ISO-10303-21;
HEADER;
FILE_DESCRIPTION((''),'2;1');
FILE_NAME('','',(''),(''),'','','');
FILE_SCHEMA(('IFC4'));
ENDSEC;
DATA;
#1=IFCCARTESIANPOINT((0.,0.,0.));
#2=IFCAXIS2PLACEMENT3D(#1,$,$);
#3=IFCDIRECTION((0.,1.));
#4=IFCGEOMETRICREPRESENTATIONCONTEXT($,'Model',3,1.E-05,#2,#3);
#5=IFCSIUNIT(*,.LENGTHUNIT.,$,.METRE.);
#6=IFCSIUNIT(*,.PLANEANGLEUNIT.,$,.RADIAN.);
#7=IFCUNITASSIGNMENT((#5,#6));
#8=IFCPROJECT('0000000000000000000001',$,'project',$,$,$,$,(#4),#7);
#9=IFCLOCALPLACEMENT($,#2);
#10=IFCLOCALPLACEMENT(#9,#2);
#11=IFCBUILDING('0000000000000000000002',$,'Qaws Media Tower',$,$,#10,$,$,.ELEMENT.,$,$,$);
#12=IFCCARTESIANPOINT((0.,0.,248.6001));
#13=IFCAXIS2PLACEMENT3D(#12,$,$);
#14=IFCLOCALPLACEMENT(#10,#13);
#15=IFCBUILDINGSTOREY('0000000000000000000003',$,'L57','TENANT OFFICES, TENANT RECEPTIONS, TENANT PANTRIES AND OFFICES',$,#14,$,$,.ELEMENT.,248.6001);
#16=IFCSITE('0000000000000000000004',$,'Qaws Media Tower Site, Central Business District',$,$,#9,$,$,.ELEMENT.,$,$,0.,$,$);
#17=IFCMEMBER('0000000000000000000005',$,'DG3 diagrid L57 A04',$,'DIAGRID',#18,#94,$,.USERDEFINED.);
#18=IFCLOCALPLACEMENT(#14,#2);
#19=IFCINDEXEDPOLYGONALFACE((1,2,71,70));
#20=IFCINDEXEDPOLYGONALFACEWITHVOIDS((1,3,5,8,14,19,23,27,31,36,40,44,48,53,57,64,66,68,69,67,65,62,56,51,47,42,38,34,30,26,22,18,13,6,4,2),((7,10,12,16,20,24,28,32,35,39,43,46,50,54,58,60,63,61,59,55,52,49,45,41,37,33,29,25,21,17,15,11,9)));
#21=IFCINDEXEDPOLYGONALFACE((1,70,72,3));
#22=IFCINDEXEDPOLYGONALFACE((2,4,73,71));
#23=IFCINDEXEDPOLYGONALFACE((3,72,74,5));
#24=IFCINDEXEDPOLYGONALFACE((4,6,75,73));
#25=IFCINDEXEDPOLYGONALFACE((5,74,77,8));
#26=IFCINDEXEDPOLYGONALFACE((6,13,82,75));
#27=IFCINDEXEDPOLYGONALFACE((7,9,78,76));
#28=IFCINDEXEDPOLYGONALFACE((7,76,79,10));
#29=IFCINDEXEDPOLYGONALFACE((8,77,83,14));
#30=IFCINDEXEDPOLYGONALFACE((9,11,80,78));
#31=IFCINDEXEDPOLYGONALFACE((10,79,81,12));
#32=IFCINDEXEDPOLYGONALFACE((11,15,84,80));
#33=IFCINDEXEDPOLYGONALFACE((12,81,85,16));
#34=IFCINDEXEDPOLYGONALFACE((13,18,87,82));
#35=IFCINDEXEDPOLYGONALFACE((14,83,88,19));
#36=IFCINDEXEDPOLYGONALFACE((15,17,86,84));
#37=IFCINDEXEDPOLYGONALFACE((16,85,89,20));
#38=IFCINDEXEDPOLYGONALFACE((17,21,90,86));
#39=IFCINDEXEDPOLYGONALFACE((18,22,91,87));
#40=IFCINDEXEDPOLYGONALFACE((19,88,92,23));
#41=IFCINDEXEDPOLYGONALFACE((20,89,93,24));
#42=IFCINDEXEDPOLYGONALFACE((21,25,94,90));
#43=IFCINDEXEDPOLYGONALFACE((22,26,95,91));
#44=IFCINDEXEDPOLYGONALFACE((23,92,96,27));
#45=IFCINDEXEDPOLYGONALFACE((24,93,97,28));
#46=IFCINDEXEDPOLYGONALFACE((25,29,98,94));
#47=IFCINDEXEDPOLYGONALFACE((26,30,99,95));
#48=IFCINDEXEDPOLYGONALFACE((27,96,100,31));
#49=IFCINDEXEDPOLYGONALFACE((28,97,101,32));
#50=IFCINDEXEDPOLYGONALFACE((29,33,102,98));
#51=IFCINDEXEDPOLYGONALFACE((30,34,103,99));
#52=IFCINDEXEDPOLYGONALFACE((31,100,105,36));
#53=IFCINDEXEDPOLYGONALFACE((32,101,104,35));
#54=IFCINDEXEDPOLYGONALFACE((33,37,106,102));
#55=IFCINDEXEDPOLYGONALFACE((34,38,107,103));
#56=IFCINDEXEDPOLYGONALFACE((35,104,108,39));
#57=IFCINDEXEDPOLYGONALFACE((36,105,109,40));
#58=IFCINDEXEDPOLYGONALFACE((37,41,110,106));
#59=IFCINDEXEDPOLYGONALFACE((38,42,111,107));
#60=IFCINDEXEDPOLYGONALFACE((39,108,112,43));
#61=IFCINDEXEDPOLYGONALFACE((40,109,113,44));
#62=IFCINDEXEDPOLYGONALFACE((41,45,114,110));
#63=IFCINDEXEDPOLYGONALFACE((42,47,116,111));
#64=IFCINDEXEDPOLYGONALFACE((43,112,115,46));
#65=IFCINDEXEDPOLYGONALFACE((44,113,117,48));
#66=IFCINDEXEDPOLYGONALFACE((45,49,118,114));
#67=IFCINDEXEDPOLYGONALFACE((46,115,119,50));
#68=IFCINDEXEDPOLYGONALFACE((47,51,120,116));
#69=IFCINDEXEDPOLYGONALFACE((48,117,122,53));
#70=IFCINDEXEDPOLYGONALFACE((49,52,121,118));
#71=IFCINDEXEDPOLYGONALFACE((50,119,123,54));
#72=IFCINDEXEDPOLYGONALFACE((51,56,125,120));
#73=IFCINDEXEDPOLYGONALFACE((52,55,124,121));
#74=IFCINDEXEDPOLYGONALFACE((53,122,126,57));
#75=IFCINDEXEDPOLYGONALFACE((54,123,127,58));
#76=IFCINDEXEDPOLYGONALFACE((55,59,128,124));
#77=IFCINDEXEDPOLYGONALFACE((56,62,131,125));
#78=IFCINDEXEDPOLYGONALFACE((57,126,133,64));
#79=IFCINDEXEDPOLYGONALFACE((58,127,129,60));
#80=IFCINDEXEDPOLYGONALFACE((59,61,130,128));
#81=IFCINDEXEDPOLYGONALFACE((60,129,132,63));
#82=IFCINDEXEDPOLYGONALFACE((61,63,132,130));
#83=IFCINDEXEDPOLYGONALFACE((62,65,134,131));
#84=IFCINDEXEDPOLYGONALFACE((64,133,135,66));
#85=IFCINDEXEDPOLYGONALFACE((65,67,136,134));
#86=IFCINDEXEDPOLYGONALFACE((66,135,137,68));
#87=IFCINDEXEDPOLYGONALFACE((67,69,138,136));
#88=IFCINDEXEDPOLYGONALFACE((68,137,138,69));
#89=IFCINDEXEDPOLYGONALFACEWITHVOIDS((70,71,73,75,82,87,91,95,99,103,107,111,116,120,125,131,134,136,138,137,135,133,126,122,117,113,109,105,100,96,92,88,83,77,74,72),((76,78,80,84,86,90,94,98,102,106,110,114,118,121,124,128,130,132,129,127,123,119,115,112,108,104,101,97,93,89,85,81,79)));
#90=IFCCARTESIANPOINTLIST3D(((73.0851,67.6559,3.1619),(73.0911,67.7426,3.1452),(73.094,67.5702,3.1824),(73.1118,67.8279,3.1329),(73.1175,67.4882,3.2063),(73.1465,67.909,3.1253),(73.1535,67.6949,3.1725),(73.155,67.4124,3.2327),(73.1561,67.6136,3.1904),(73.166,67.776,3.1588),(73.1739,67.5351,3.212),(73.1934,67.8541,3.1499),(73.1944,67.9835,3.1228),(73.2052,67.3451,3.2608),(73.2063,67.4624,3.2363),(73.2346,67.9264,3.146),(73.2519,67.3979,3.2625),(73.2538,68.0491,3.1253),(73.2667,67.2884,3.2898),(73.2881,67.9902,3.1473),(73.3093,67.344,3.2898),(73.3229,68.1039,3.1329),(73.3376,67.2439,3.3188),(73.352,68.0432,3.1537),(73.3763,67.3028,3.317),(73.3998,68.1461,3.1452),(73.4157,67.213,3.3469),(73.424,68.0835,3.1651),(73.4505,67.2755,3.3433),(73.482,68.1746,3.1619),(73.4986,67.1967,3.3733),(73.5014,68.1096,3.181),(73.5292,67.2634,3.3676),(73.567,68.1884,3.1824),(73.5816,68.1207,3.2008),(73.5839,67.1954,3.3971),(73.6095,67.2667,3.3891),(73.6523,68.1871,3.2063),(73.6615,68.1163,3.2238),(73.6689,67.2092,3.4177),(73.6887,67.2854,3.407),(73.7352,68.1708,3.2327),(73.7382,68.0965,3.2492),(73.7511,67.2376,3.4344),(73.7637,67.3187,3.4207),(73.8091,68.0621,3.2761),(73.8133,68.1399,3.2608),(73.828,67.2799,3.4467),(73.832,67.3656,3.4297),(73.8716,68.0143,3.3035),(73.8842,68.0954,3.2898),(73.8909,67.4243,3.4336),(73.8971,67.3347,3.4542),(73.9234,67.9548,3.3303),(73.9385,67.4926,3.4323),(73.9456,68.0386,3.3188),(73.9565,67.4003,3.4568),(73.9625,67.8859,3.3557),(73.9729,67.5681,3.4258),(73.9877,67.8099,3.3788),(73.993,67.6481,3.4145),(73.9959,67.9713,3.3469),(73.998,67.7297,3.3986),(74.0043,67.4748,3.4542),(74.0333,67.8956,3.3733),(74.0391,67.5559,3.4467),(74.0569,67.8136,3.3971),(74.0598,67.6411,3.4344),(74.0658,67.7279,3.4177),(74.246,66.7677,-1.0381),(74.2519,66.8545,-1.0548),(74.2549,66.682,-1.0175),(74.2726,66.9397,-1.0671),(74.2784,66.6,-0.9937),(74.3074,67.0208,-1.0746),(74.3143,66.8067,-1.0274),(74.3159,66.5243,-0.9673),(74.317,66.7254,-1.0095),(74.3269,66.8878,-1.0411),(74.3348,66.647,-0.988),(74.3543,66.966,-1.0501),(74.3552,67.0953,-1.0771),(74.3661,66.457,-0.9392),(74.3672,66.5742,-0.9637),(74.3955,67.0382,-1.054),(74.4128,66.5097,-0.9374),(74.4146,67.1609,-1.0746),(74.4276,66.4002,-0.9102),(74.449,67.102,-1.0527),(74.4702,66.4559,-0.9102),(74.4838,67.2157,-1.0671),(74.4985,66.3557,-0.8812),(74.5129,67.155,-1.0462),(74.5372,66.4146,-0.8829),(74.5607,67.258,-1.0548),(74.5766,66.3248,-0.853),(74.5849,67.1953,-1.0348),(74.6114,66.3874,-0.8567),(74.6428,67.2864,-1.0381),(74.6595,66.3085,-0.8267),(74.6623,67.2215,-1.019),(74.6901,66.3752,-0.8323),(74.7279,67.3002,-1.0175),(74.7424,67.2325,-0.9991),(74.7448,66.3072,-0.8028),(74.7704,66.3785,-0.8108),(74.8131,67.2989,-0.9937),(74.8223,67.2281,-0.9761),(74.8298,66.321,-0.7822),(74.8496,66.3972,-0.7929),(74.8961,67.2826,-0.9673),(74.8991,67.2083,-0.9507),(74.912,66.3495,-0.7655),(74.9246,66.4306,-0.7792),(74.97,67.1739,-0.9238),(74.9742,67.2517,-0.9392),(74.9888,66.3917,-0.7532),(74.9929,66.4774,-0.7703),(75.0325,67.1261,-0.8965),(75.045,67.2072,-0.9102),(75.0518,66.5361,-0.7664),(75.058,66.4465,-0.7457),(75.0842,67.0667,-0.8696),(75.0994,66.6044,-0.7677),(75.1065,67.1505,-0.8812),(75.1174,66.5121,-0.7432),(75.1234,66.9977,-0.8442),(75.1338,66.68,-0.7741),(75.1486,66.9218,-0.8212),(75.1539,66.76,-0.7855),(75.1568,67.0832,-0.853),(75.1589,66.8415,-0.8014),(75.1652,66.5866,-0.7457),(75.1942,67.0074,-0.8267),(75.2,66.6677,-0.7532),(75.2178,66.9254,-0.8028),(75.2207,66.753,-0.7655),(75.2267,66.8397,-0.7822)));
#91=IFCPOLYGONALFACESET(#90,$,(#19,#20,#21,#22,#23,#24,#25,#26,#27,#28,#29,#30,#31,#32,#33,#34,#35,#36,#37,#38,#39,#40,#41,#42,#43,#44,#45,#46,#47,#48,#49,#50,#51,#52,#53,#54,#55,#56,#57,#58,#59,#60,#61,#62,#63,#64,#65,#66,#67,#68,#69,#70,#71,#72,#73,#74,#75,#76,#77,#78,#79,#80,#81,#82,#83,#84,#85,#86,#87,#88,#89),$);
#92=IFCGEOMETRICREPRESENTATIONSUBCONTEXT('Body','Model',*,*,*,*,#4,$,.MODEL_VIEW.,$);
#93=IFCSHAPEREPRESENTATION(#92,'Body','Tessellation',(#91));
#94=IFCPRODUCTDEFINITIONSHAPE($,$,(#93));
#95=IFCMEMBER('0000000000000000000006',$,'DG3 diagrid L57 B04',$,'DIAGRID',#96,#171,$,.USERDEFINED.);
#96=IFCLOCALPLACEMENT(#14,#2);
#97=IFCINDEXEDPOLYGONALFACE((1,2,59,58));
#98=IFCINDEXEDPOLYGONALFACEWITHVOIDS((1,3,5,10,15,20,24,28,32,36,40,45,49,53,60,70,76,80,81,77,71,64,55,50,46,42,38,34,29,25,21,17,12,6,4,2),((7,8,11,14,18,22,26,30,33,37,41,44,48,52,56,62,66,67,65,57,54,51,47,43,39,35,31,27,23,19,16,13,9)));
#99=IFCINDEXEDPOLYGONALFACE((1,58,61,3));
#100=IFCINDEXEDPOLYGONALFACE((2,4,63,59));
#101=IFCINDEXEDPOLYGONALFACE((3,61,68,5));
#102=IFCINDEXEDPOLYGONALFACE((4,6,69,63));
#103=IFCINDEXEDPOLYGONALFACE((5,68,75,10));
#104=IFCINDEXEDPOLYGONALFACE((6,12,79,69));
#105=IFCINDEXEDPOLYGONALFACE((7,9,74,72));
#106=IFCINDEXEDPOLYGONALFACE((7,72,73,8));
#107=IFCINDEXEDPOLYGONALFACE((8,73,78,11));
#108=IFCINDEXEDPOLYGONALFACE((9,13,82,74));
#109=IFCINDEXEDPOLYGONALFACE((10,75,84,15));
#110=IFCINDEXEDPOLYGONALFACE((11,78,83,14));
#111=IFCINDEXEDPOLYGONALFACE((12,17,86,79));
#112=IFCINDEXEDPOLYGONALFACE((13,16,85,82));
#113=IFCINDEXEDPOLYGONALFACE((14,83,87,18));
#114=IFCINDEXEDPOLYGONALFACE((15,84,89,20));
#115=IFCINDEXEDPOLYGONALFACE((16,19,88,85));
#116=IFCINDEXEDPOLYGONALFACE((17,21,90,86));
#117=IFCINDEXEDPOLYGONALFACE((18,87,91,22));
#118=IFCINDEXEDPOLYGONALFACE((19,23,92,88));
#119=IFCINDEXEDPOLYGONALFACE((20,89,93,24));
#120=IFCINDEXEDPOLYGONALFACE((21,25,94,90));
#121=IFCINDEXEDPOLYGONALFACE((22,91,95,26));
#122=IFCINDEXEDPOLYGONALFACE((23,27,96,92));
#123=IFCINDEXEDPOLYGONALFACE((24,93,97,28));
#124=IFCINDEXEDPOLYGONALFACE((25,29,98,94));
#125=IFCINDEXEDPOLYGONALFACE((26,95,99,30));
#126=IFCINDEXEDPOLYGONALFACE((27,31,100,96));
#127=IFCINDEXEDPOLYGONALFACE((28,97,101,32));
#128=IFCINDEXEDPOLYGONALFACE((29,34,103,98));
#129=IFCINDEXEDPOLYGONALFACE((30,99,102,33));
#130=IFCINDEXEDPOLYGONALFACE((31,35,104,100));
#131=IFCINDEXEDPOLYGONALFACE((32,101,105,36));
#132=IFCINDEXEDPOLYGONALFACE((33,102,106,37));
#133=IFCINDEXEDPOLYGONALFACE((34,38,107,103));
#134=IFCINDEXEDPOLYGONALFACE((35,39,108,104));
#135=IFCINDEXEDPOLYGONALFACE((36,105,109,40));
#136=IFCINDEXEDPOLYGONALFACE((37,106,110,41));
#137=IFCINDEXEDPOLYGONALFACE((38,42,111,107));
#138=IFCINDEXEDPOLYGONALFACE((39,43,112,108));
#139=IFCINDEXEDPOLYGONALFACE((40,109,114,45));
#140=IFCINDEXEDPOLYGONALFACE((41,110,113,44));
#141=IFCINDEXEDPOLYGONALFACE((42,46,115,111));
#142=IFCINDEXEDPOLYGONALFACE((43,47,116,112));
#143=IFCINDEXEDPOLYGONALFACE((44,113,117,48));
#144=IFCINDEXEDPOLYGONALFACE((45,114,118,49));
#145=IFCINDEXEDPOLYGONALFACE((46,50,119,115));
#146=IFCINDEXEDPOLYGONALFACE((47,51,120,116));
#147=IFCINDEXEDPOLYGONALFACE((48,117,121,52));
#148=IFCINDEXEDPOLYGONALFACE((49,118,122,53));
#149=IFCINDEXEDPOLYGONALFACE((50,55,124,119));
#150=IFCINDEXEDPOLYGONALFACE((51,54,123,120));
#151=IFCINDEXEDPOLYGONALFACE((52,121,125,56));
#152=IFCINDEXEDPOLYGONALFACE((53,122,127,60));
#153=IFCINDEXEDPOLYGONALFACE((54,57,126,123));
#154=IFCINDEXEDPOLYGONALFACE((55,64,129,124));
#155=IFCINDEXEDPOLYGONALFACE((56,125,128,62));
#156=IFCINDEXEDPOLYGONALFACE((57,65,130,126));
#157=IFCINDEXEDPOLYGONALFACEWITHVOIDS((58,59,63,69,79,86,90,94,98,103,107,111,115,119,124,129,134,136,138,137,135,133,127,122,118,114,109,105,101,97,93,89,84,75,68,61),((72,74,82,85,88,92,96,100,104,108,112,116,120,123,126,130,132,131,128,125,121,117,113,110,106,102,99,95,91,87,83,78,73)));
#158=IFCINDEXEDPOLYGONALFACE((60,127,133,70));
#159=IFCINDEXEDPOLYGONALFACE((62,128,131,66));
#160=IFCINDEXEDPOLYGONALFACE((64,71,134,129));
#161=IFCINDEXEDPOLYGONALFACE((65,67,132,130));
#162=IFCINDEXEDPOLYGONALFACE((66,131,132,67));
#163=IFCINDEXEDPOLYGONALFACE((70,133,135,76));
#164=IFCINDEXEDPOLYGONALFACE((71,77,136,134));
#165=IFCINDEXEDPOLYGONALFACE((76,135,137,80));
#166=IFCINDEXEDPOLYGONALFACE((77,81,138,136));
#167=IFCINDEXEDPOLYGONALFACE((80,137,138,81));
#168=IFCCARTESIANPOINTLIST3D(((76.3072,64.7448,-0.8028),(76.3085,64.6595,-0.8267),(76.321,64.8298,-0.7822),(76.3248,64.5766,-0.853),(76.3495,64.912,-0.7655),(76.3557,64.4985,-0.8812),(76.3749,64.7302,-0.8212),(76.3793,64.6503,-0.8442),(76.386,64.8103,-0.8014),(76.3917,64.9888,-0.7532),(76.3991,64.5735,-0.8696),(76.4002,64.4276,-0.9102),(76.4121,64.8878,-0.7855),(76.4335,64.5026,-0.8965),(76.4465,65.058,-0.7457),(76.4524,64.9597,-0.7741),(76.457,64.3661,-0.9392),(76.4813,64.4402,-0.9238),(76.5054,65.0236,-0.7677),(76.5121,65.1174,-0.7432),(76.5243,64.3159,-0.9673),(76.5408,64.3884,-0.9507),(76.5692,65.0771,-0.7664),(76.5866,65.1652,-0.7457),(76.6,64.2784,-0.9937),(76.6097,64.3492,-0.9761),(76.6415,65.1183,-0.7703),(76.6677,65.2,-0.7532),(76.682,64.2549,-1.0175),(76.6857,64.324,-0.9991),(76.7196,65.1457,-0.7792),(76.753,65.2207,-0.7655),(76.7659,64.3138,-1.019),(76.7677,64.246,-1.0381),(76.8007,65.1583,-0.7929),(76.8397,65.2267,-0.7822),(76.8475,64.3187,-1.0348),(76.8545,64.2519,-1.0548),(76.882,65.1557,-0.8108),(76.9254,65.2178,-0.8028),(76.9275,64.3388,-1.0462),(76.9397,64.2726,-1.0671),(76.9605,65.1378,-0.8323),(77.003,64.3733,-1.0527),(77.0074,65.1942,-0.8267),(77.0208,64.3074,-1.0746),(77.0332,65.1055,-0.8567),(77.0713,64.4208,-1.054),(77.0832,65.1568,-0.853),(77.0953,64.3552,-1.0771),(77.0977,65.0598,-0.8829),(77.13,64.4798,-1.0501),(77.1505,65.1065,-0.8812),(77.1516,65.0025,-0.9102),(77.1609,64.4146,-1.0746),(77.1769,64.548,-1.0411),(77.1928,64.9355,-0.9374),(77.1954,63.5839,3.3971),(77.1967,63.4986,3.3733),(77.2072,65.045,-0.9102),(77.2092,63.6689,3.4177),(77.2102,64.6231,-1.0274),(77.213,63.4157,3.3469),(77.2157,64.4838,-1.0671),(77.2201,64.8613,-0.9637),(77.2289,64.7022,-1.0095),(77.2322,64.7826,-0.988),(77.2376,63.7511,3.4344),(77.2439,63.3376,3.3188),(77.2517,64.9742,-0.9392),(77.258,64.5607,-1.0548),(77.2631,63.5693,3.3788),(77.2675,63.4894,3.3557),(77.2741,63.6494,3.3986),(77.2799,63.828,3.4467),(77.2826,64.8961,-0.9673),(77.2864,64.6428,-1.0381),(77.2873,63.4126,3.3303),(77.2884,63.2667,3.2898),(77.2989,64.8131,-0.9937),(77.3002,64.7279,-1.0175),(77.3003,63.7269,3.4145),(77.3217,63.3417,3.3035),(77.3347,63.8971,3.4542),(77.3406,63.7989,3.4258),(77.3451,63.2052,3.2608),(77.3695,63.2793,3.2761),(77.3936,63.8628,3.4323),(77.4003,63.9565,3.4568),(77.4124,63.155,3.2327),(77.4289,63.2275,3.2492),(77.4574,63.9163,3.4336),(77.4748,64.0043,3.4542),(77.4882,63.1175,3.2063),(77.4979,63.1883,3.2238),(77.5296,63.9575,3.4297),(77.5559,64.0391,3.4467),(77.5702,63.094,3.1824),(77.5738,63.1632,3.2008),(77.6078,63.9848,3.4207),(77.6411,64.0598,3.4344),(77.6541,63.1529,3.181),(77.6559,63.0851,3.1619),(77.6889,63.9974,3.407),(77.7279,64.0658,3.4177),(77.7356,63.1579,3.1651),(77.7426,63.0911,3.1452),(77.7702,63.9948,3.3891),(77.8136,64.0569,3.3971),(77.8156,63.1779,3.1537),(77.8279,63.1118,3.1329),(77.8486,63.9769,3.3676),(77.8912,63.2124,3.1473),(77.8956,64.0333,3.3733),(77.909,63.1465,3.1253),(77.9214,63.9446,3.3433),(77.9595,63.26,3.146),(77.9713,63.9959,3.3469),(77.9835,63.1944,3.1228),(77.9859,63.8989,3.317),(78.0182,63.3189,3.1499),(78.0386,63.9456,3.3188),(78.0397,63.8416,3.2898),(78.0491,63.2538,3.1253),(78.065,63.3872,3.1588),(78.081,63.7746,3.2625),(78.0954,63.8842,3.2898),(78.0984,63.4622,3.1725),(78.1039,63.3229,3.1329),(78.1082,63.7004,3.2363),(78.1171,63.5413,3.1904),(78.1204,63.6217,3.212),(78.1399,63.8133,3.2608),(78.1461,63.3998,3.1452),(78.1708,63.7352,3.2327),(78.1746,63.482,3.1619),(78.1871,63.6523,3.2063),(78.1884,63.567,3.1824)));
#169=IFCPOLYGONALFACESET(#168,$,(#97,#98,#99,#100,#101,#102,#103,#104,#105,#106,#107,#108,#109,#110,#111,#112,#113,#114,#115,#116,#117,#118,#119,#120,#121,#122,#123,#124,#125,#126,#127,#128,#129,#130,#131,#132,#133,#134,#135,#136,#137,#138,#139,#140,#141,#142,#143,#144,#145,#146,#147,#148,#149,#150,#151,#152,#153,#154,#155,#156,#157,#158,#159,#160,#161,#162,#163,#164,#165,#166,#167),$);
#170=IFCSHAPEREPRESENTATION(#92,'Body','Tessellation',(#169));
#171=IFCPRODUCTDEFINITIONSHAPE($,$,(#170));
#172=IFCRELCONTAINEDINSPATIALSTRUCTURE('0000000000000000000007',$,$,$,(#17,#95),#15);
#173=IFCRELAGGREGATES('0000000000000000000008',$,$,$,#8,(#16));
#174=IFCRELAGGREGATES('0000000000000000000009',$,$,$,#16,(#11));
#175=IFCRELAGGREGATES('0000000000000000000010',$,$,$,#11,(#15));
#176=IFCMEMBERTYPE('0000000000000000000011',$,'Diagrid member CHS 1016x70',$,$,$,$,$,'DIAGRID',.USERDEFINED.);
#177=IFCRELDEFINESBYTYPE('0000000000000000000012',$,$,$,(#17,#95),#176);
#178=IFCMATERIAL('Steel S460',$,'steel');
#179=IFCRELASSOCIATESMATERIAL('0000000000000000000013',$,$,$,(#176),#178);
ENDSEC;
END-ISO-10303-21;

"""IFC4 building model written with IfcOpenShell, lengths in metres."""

from ifc_helpers import new_model, si_unit, direction, frame, origin, origin_2d, place, context, subcontext, project, spatial, hollow_circle, extrude, material, material_profile, profile_set, type_object, element, save


model = new_model("IFC4")

# Units and contexts
model_context = context("Model", 3, precision=1e-05, world=origin(), true_north=direction((0.0, 1.0)))
body_context = subcontext(model_context, "Body", "Model", "MODEL_VIEW")
ifc_project = project(units=[si_unit("LENGTHUNIT", "METRE"), si_unit("PLANEANGLEUNIT", "RADIAN")], contexts=[model_context])

# Site, building, storey
site_placement = place(None, origin())
site = spatial("IfcSite", under=ifc_project, at=site_placement, Name="Qaws Media Tower Site, Central Business District", CompositionType="ELEMENT", RefElevation=0.0)
building_placement = place(site_placement, origin())
building = spatial("IfcBuilding", under=site, at=building_placement, Name="Qaws Media Tower", CompositionType="ELEMENT")
storey_placement = place(building_placement, frame((0.0, 0.0, 248.6001)))
storey = spatial("IfcBuildingStorey", under=building, at=storey_placement, Name="L57", Description="TENANT OFFICES, TENANT RECEPTIONS, TENANT PANTRIES AND OFFICES", CompositionType="ELEMENT", Elevation=248.6001)

# Members
ifc_material_1 = material(Name="Steel S460", Category="steel")
ifc_material_profile_1 = material_profile(ifc_material_1, hollow_circle(Radius=0.5081, WallThickness=0.0701, at=origin_2d()), Name="CHS 1016x70")
ifc_profile_set_1 = profile_set([ifc_material_profile_1], Name="Steel S460")
member_type_1 = type_object("IfcMemberType", Name="Diagrid member CHS 1016x70", ElementType="DIAGRID", PredefinedType="USERDEFINED", material=ifc_profile_set_1)
for number, where, z_axis, x_axis, name in (
    (1, (74.7363, 66.8037, -0.9102), (-0.261048, 0.199725, 0.944438), (-0.607642, -0.794211, 0.0), "DG3 diagrid L57 A04"),
    (2, (76.8037, 64.7363, -0.9102), (0.199725, -0.261048, 0.944438), (0.794211, 0.607642, 0.0), "DG3 diagrid L57 B04"),
):
    element("IfcMember", number, at=place(storey_placement, frame(where, z_axis=z_axis, x_axis=x_axis)), inside=storey, type_object=member_type_1, Name=name, ObjectType="DIAGRID", PredefinedType="USERDEFINED", context=body_context, shape_type="SweptSolid", body=[
        extrude(hollow_circle(Radius=0.5081, WallThickness=0.0701, at=origin_2d()), origin(), (0.0, 0.0, 1.0), 4.447),
    ])

save(model, "model.ifc")
